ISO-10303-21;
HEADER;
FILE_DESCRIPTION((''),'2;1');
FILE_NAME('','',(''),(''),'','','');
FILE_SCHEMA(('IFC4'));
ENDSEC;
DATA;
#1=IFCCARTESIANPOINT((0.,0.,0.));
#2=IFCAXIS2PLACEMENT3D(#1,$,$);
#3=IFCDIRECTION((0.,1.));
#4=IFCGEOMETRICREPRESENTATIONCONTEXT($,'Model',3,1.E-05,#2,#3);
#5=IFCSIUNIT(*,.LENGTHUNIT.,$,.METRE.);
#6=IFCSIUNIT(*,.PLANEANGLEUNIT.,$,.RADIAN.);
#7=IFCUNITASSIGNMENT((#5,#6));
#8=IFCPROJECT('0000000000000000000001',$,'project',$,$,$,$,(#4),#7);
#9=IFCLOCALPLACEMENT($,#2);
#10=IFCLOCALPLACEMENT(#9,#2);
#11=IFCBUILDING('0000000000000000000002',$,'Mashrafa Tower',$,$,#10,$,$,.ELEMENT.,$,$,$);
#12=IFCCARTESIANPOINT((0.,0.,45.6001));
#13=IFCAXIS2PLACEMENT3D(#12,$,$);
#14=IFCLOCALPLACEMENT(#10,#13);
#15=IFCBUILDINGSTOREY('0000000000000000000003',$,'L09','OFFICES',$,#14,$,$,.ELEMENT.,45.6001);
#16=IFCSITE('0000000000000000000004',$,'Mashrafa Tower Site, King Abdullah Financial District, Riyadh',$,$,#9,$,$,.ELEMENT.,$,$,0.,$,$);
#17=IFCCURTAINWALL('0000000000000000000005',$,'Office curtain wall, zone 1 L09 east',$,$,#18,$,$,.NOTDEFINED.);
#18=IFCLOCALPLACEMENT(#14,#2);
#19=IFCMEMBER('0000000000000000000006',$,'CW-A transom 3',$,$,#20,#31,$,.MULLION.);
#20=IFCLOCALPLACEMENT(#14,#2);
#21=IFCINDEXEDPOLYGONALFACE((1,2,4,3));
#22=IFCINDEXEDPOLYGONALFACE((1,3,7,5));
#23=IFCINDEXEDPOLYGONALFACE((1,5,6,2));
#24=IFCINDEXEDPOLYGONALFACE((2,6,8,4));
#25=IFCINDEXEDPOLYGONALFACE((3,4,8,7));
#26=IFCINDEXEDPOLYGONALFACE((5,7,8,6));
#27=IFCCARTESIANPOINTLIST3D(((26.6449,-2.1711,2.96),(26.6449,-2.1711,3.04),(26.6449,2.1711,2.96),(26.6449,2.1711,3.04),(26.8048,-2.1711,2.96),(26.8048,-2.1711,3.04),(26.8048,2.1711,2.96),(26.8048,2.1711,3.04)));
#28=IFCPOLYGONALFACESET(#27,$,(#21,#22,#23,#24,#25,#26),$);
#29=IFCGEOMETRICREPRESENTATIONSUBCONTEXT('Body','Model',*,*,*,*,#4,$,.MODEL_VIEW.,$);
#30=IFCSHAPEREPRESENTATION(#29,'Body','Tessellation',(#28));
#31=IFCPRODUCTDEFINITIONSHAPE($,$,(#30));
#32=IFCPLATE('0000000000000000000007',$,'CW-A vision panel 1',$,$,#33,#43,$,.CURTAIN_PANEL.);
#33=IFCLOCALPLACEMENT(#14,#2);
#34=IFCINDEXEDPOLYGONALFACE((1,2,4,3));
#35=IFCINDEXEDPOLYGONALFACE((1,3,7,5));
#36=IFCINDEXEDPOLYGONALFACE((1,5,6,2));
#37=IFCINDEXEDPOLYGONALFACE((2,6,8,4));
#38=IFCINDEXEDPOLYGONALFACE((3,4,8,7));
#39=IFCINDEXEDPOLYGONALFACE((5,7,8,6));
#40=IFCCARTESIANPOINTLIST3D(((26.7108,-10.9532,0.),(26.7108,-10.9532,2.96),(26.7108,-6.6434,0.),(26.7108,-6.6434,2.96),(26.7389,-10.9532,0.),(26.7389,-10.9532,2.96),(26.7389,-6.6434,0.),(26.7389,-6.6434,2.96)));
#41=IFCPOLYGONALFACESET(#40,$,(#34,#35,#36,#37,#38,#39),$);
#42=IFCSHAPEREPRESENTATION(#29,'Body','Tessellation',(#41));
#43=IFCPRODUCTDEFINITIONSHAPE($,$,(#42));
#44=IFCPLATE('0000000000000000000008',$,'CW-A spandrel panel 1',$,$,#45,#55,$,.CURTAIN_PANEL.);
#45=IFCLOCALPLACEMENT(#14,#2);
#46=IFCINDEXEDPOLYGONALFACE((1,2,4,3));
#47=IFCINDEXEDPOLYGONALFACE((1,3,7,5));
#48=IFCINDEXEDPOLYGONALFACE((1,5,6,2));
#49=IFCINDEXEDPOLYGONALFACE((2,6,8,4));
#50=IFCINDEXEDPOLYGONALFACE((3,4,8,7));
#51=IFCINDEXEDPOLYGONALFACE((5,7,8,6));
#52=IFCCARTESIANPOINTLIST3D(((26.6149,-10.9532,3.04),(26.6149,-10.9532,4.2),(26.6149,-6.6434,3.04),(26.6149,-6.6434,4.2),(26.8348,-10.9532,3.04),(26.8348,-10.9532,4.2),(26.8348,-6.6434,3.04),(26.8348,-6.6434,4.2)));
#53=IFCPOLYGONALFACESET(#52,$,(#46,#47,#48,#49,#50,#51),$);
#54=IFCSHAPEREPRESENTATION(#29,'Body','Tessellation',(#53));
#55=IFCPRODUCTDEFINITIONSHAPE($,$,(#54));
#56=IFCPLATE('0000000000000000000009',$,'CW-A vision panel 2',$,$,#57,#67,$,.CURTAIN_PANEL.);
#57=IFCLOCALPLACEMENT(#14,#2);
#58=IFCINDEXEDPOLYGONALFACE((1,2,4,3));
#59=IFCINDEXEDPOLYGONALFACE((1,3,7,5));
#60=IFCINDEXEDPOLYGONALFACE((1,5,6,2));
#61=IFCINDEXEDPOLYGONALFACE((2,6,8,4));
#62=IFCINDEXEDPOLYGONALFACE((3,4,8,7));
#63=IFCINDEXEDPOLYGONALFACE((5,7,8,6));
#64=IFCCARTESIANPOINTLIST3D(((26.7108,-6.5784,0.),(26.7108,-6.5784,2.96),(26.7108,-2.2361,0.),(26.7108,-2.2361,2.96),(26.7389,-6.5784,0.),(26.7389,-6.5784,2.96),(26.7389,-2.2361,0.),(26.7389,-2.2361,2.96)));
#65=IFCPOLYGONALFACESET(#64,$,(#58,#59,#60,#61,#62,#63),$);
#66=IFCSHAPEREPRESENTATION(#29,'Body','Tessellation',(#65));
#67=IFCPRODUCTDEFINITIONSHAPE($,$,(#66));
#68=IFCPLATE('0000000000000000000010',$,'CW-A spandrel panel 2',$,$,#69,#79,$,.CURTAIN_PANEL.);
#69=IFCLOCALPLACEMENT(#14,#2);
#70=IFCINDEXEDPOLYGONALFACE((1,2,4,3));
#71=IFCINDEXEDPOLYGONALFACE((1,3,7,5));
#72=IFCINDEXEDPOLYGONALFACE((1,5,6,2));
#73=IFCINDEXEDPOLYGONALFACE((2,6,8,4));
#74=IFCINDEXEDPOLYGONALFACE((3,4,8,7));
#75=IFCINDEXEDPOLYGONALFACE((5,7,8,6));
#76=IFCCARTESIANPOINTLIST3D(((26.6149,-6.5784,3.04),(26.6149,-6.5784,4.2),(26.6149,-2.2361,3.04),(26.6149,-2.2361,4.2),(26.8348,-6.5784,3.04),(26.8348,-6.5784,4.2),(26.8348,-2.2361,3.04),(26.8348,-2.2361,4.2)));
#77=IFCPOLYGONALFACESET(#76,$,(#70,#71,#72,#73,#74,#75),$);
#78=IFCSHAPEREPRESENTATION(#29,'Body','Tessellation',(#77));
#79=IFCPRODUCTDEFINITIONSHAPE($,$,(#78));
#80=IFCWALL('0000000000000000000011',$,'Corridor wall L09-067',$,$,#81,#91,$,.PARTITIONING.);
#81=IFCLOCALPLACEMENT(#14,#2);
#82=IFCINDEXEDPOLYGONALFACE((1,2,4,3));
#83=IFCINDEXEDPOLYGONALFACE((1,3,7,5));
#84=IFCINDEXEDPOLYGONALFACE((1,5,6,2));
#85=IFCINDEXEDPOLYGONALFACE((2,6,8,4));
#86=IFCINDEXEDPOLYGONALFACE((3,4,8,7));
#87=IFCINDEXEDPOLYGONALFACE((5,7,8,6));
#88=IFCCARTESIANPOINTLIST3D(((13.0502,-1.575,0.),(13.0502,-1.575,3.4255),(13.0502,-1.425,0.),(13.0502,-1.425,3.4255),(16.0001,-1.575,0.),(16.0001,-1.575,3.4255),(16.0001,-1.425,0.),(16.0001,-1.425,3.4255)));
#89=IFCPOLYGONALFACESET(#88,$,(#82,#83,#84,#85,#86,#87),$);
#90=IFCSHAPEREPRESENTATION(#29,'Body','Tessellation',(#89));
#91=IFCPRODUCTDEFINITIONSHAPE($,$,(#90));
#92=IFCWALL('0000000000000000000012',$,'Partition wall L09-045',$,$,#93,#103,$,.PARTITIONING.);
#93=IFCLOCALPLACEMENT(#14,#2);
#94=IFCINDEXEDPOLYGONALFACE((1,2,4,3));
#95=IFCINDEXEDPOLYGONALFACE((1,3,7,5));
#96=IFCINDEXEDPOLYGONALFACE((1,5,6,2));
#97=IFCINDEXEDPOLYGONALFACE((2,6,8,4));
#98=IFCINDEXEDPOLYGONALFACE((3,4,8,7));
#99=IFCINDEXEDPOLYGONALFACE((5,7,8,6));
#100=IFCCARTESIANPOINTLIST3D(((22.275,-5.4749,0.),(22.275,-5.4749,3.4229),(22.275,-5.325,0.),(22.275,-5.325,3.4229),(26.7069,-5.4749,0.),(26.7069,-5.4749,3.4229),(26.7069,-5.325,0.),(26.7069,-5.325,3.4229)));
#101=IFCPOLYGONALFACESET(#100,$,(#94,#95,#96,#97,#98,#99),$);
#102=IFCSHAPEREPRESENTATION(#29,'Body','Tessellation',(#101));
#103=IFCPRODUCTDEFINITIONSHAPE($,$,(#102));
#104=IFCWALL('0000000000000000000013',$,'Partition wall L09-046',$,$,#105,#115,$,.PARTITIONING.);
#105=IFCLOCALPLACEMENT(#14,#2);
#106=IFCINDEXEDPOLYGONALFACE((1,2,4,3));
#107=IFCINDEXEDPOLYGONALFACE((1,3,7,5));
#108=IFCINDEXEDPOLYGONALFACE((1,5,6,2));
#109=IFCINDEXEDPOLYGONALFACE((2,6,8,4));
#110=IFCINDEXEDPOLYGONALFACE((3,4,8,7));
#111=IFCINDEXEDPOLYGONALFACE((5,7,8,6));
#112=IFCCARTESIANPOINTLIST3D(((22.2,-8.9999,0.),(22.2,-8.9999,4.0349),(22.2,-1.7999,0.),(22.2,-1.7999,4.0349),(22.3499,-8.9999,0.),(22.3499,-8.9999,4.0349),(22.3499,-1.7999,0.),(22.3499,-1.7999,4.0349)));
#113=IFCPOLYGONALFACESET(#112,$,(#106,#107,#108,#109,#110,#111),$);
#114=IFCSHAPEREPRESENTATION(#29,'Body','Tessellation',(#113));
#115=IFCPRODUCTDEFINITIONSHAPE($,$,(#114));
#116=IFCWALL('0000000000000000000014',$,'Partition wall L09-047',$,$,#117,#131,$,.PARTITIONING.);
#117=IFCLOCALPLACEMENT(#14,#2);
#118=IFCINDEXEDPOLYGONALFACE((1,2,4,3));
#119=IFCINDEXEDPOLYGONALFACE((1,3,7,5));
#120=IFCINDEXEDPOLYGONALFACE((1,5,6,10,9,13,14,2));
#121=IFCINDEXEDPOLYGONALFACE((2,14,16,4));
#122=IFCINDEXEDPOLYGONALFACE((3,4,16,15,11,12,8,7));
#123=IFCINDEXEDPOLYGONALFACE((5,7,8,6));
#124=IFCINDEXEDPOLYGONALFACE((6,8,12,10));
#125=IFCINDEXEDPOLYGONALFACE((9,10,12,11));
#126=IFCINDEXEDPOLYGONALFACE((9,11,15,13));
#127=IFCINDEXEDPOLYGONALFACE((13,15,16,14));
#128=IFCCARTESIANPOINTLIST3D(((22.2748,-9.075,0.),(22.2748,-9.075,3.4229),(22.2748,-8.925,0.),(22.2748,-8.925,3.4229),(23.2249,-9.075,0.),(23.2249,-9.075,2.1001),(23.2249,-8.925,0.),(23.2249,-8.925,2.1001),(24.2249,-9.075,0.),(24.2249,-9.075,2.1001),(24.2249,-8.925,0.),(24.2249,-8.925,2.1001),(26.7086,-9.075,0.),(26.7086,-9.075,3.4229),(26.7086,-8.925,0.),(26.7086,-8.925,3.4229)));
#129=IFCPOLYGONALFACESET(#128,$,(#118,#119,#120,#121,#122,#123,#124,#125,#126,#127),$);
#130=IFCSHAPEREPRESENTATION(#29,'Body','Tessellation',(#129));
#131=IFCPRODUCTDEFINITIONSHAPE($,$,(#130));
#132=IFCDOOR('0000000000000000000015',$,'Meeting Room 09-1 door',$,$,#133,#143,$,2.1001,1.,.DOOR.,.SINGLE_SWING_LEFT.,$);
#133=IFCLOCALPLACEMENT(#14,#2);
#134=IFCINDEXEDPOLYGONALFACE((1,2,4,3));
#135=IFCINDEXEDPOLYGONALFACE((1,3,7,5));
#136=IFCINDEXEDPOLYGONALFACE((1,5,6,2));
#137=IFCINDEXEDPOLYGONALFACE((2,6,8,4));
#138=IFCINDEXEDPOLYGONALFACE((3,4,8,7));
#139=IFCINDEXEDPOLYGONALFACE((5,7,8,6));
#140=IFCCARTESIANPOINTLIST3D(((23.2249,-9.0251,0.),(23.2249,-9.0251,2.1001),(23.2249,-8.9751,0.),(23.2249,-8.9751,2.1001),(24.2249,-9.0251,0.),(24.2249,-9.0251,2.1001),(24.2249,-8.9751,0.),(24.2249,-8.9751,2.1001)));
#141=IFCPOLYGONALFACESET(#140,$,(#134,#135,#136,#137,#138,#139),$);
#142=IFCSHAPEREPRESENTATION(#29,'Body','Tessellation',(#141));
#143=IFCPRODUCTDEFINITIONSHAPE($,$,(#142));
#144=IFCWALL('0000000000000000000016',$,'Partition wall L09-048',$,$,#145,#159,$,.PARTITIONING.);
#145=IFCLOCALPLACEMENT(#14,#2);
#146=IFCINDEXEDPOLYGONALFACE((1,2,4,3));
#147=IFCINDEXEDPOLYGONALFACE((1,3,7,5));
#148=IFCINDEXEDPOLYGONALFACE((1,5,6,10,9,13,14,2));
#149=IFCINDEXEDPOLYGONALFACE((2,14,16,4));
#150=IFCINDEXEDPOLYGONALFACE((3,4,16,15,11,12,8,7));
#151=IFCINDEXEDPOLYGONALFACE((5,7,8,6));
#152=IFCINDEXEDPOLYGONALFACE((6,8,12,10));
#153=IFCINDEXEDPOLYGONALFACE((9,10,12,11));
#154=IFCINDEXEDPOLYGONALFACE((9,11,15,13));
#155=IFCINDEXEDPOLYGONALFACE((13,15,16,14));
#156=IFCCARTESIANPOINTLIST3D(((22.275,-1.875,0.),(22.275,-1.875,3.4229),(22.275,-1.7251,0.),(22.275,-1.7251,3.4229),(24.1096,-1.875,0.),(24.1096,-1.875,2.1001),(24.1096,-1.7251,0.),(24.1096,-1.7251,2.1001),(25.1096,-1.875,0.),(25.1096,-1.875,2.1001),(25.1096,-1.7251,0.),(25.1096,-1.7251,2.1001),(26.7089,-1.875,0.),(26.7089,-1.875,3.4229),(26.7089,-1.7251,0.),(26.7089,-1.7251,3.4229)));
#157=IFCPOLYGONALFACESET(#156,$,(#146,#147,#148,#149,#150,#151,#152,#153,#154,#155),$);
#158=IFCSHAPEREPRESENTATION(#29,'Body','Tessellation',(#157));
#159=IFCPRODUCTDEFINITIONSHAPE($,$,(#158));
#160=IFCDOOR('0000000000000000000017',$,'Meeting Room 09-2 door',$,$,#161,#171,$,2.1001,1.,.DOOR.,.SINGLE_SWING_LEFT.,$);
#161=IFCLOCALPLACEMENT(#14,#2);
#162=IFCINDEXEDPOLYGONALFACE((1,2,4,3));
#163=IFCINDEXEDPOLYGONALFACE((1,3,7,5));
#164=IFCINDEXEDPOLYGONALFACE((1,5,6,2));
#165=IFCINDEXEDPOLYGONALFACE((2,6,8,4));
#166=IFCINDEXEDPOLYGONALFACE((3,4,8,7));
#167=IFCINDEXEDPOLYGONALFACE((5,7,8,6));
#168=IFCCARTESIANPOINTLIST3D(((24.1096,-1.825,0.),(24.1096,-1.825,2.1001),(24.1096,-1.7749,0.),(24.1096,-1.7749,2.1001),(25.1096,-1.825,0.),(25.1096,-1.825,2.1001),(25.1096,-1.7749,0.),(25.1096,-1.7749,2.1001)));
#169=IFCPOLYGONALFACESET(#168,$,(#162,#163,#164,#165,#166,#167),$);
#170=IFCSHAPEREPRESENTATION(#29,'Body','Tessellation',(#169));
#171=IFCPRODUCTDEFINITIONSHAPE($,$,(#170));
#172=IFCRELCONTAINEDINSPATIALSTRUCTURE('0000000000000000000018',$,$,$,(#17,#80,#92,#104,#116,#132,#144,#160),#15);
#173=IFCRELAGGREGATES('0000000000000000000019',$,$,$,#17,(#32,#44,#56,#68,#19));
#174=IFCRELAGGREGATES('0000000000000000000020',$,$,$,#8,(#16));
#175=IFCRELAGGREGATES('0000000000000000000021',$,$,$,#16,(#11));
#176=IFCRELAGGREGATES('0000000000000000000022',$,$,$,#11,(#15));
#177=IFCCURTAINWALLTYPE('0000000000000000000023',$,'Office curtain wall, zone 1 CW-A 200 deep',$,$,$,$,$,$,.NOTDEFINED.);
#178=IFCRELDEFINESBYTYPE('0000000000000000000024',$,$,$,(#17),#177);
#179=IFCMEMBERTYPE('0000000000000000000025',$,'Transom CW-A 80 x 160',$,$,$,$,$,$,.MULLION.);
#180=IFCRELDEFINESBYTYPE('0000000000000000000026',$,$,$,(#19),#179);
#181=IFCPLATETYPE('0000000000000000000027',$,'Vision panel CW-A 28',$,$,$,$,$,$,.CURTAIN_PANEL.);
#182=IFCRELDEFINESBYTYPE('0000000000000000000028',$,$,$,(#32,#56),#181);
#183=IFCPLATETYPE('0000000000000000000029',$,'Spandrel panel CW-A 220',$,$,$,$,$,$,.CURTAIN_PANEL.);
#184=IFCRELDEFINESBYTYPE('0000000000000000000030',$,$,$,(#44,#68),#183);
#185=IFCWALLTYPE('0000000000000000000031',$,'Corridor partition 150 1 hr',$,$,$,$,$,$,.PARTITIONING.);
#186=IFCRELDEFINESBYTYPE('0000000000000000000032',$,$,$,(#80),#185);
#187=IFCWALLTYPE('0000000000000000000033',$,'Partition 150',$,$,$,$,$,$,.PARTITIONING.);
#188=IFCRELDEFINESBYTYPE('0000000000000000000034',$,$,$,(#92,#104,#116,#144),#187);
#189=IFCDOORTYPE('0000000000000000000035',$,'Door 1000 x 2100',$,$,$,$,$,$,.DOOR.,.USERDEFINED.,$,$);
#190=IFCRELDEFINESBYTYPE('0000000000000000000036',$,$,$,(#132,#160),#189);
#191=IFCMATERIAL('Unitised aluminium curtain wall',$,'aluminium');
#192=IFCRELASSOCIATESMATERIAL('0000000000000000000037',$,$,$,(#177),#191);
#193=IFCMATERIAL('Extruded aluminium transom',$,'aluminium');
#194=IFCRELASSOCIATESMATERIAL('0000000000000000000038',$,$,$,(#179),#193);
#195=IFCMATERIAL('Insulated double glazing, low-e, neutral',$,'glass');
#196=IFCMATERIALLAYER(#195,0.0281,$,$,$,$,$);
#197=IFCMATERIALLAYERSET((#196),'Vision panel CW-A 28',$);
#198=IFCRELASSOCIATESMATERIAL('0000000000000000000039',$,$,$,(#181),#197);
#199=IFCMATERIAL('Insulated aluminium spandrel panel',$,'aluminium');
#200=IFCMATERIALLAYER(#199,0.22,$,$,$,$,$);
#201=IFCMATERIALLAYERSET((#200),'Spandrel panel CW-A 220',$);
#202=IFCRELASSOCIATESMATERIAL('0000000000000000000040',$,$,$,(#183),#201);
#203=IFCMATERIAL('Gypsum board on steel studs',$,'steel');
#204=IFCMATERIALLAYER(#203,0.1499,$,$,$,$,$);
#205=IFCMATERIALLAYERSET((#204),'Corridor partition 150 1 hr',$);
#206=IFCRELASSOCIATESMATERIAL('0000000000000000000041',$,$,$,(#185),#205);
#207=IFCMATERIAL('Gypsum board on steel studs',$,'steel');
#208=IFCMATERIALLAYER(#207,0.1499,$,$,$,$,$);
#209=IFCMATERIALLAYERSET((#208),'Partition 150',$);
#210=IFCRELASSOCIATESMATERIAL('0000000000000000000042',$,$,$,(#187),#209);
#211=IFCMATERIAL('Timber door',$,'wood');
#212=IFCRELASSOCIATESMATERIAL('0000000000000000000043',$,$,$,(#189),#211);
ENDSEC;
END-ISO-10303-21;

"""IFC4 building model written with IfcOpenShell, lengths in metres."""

from ifc_helpers import new_model, si_unit, direction, frame, frame_2d, origin, origin_2d, place, context, subcontext, project, spatial, rectangle, extrude, source, transform, mapped, material, layer, layer_set, material_profile, profile_set, type_object, type_shapes, element, fill, aggregate, save


model = new_model("IFC4")

# Units and contexts
model_context = context("Model", 3, precision=1e-05, world=origin(), true_north=direction((0.0, 1.0)))
body_context = subcontext(model_context, "Body", "Model", "MODEL_VIEW")
ifc_project = project(units=[si_unit("LENGTHUNIT", "METRE"), si_unit("PLANEANGLEUNIT", "RADIAN")], contexts=[model_context])

# Site, building, storey
site_placement = place(None, origin())
site = spatial("IfcSite", under=ifc_project, at=site_placement, Name="Mashrafa Tower Site, King Abdullah Financial District, Riyadh", CompositionType="ELEMENT", RefElevation=0.0)
building_placement = place(site_placement, origin())
building = spatial("IfcBuilding", under=site, at=building_placement, Name="Mashrafa Tower", CompositionType="ELEMENT")
storey_placement = place(building_placement, frame((0.0, 0.0, 45.6001)))
storey = spatial("IfcBuildingStorey", under=building, at=storey_placement, Name="L09", Description="OFFICES", CompositionType="ELEMENT", Elevation=45.6001)

# Curtain wall
ifc_material_1 = material(Name="Unitised aluminium curtain wall", Category="aluminium")
curtain_wall_type = type_object("IfcCurtainWallType", Name="Office curtain wall, zone 1 CW-A 200 deep", PredefinedType="NOTDEFINED", material=ifc_material_1)
curtain_wall_1_placement = place(storey_placement, origin())
curtain_wall_1 = element("IfcCurtainWall", 1, at=curtain_wall_1_placement, inside=storey, type_object=curtain_wall_type, Name="Office curtain wall, zone 1 L09 east", PredefinedType="NOTDEFINED")

# Member
ifc_material_2 = material(Name="Extruded aluminium transom", Category="aluminium")
ifc_material_profile_1 = material_profile(ifc_material_2, rectangle(XDim=0.1599, YDim=0.0801, at=origin_2d()), Name="Transom 80x160")
ifc_profile_set_1 = profile_set([ifc_material_profile_1], Name="Extruded aluminium transom")
member_type_1 = type_object("IfcMemberType", Name="Transom CW-A 80 x 160", PredefinedType="MULLION", material=ifc_profile_set_1)
shared_shape_1 = source(origin(), body_context, "Body", "SweptSolid", [
    extrude(rectangle(XDim=0.1599, YDim=0.0801, at=origin_2d()), origin(), (0.0, 0.0, 1.0), 4.3423),
])
member_1_placement = place(storey_placement, frame((26.7249, -2.1711, 3.0), z_axis=(0.0, 1.0, 0.0), x_axis=(-1.0, 0.0, 0.0)))
member_1 = element("IfcMember", 2, at=member_1_placement, type_object=member_type_1, Name="CW-A transom 3", PredefinedType="MULLION", context=body_context, shape_type="MappedRepresentation", body=[
    mapped(shared_shape_1, transform((0.0, 0.0, 0.0))),
])

# Plates
ifc_material_3 = material(Name="Insulated double glazing, low-e, neutral", Category="glass")
ifc_layer_1 = layer(ifc_material_3, 0.0281)
ifc_layer_set_1 = layer_set([ifc_layer_1], Name="Vision panel CW-A 28")
plate_type_1 = type_object("IfcPlateType", Name="Vision panel CW-A 28", PredefinedType="CURTAIN_PANEL", material=ifc_layer_set_1)
shared_shape_2 = source(origin(), body_context, "Body", "SweptSolid", [
    extrude(rectangle(XDim=4.3098, YDim=0.0281, at=origin_2d()), origin(), (0.0, 0.0, 1.0), 2.96),
])
plate_1_placement = place(storey_placement, frame((26.7249, -8.7983, 0.0), z_axis=(0.0, 0.0, 1.0), x_axis=(0.0, 1.0, 0.0)))
plate_1 = element("IfcPlate", 3, at=plate_1_placement, type_object=plate_type_1, Name="CW-A vision panel 1", PredefinedType="CURTAIN_PANEL", context=body_context, shape_type="MappedRepresentation", body=[
    mapped(shared_shape_2, transform((0.0, 0.0, 0.0))),
])
ifc_material_4 = material(Name="Insulated aluminium spandrel panel", Category="aluminium")
ifc_layer_2 = layer(ifc_material_4, 0.22)
ifc_layer_set_2 = layer_set([ifc_layer_2], Name="Spandrel panel CW-A 220")
plate_type_2 = type_object("IfcPlateType", Name="Spandrel panel CW-A 220", PredefinedType="CURTAIN_PANEL", material=ifc_layer_set_2)
shared_shape_3 = source(origin(), body_context, "Body", "SweptSolid", [
    extrude(rectangle(XDim=4.3098, YDim=0.22, at=origin_2d()), origin(), (0.0, 0.0, 1.0), 1.1599),
])
plate_2_placement = place(storey_placement, frame((26.7249, -8.7983, 3.04), z_axis=(0.0, 0.0, 1.0), x_axis=(0.0, 1.0, 0.0)))
plate_2 = element("IfcPlate", 4, at=plate_2_placement, type_object=plate_type_2, Name="CW-A spandrel panel 1", PredefinedType="CURTAIN_PANEL", context=body_context, shape_type="MappedRepresentation", body=[
    mapped(shared_shape_3, transform((0.0, 0.0, 0.0))),
])
shared_shape_4 = source(origin(), body_context, "Body", "SweptSolid", [
    extrude(rectangle(XDim=4.3423, YDim=0.0281, at=origin_2d()), origin(), (0.0, 0.0, 1.0), 2.96),
])
type_shapes(plate_type_1, [shared_shape_2, shared_shape_4])
plate_3_placement = place(storey_placement, frame((26.7249, -4.4072, 0.0), z_axis=(0.0, 0.0, 1.0), x_axis=(0.0, 1.0, 0.0)))
plate_3 = element("IfcPlate", 5, at=plate_3_placement, type_object=plate_type_1, Name="CW-A vision panel 2", PredefinedType="CURTAIN_PANEL", context=body_context, shape_type="MappedRepresentation", body=[
    mapped(shared_shape_4, transform((0.0, 0.0, 0.0))),
])
shared_shape_5 = source(origin(), body_context, "Body", "SweptSolid", [
    extrude(rectangle(XDim=4.3423, YDim=0.22, at=origin_2d()), origin(), (0.0, 0.0, 1.0), 1.1599),
])
type_shapes(plate_type_2, [shared_shape_3, shared_shape_5])
plate_4_placement = place(storey_placement, frame((26.7249, -4.4072, 3.04), z_axis=(0.0, 0.0, 1.0), x_axis=(0.0, 1.0, 0.0)))
plate_4 = element("IfcPlate", 6, at=plate_4_placement, type_object=plate_type_2, Name="CW-A spandrel panel 2", PredefinedType="CURTAIN_PANEL", context=body_context, shape_type="MappedRepresentation", body=[
    mapped(shared_shape_5, transform((0.0, 0.0, 0.0))),
])
aggregate(curtain_wall_1, [plate_1, plate_2, plate_3, plate_4, member_1])

# Shared definitions
ifc_material_5 = material(Name="Gypsum board on steel studs", Category="steel")
ifc_layer_3 = layer(ifc_material_5, 0.1499)
ifc_layer_set_3 = layer_set([ifc_layer_3], Name="Corridor partition 150 1 hr")
wall_type_1 = type_object("IfcWallType", Name="Corridor partition 150 1 hr", PredefinedType="PARTITIONING", material=ifc_layer_set_3)

# Wall
wall_1_placement = place(storey_placement, frame((13.05, -1.5, 0.0), z_axis=(0.0, 0.0, 1.0), x_axis=(1.0, 0.0, 0.0)))
element("IfcWall", 7, at=wall_1_placement, inside=storey, type_object=wall_type_1, Name="Corridor wall L09-067", PredefinedType="PARTITIONING", context=body_context, shape_type="SweptSolid", body=[
    extrude(rectangle(XDim=2.95, YDim=0.1499, at=frame_2d((1.4751, 0.0))), origin(), (0.0, 0.0, 1.0), 3.4255),
])

# Walls
ifc_material_6 = material(Name="Gypsum board on steel studs", Category="steel")
ifc_layer_4 = layer(ifc_material_6, 0.1499)
ifc_layer_set_4 = layer_set([ifc_layer_4], Name="Partition 150")
wall_type_2 = type_object("IfcWallType", Name="Partition 150", PredefinedType="PARTITIONING", material=ifc_layer_set_4)
wall_2_placement = place(storey_placement, frame((26.7068, -5.3999, 0.0), z_axis=(0.0, 0.0, 1.0), x_axis=(-1.0, 0.0, 0.0)))
element("IfcWall", 8, at=wall_2_placement, inside=storey, type_object=wall_type_2, Name="Partition wall L09-045", PredefinedType="PARTITIONING", context=body_context, shape_type="SweptSolid", body=[
    extrude(rectangle(XDim=4.4319, YDim=0.1499, at=frame_2d((2.2158, 0.0))), origin(), (0.0, 0.0, 1.0), 3.4229),
])
wall_3_placement = place(storey_placement, frame((22.2749, -9.0, 0.0), z_axis=(0.0, 0.0, 1.0), x_axis=(0.0, 1.0, 0.0)))
element("IfcWall", 9, at=wall_3_placement, inside=storey, type_object=wall_type_2, Name="Partition wall L09-046", PredefinedType="PARTITIONING", context=body_context, shape_type="SweptSolid", body=[
    extrude(rectangle(XDim=7.2, YDim=0.1499, at=frame_2d((3.6001, 0.0))), origin(), (0.0, 0.0, 1.0), 4.0349),
])

# Walls, openings, doors
wall_4_placement = place(storey_placement, frame((22.2749, -9.0, 0.0), z_axis=(0.0, 0.0, 1.0), x_axis=(1.0, 0.0, 0.0)))
wall_4 = element("IfcWall", 10, at=wall_4_placement, inside=storey, type_object=wall_type_2, Name="Partition wall L09-047", PredefinedType="PARTITIONING", context=body_context, shape_type="SweptSolid", body=[
    extrude(rectangle(XDim=4.4338, YDim=0.1499, at=frame_2d((2.2168, 0.0))), origin(), (0.0, 0.0, 1.0), 3.4229),
])
opening_1_placement = place(wall_4_placement, frame((0.95, 0.0, 0.0)))
opening_1 = element("IfcOpeningElement", 11, at=opening_1_placement, cuts=wall_4, PredefinedType="OPENING", context=body_context, shape_type="SweptSolid", body=[
    extrude(rectangle(XDim=1.0, YDim=2.1001, at=frame_2d((0.5, 1.05))), frame((0.0, 0.085, 0.0), z_axis=(0.0, -1.0, 0.0), x_axis=(1.0, 0.0, 0.0)), (0.0, 0.0, 1.0), 0.1699),
])
ifc_material_7 = material(Name="Timber door", Category="wood")
door_type_1 = type_object("IfcDoorType", Name="Door 1000 x 2100", OperationType="USERDEFINED", PredefinedType="DOOR", material=ifc_material_7)
door_1_placement = place(opening_1_placement, origin())
door_1 = element("IfcDoor", 12, at=door_1_placement, inside=storey, type_object=door_type_1, Name="Meeting Room 09-1 door", OperationType="SINGLE_SWING_LEFT", OverallHeight=2.1001, OverallWidth=1.0, PredefinedType="DOOR", context=body_context, shape_type="SweptSolid", body=[
    extrude(rectangle(XDim=1.0, YDim=2.1001, at=frame_2d((0.5, 1.05))), frame((0.0, 0.0249, 0.0), z_axis=(0.0, -1.0, 0.0), x_axis=(1.0, 0.0, 0.0)), (0.0, 0.0, 1.0), 0.05),
])
fill(opening_1, door_1)
wall_5_placement = place(storey_placement, frame((26.7087, -1.8, 0.0), z_axis=(0.0, 0.0, 1.0), x_axis=(-1.0, 0.0, 0.0)))
wall_5 = element("IfcWall", 13, at=wall_5_placement, inside=storey, type_object=wall_type_2, Name="Partition wall L09-048", PredefinedType="PARTITIONING", context=body_context, shape_type="SweptSolid", body=[
    extrude(rectangle(XDim=4.4338, YDim=0.1499, at=frame_2d((2.2168, 0.0))), origin(), (0.0, 0.0, 1.0), 3.4229),
])
opening_2_placement = place(wall_5_placement, frame((1.5991, 0.0, 0.0)))
opening_2 = element("IfcOpeningElement", 14, at=opening_2_placement, cuts=wall_5, PredefinedType="OPENING", context=body_context, shape_type="SweptSolid", body=[
    extrude(rectangle(XDim=1.0, YDim=2.1001, at=frame_2d((0.5, 1.05))), frame((0.0, 0.085, 0.0), z_axis=(0.0, -1.0, 0.0), x_axis=(1.0, 0.0, 0.0)), (0.0, 0.0, 1.0), 0.1699),
])
door_2_placement = place(opening_2_placement, origin())
door_2 = element("IfcDoor", 15, at=door_2_placement, inside=storey, type_object=door_type_1, Name="Meeting Room 09-2 door", OperationType="SINGLE_SWING_LEFT", OverallHeight=2.1001, OverallWidth=1.0, PredefinedType="DOOR", context=body_context, shape_type="SweptSolid", body=[
    extrude(rectangle(XDim=1.0, YDim=2.1001, at=frame_2d((0.5, 1.05))), frame((0.0, 0.0249, 0.0), z_axis=(0.0, -1.0, 0.0), x_axis=(1.0, 0.0, 0.0)), (0.0, 0.0, 1.0), 0.05),
])
fill(opening_2, door_2)

save(model, "model.ifc")
